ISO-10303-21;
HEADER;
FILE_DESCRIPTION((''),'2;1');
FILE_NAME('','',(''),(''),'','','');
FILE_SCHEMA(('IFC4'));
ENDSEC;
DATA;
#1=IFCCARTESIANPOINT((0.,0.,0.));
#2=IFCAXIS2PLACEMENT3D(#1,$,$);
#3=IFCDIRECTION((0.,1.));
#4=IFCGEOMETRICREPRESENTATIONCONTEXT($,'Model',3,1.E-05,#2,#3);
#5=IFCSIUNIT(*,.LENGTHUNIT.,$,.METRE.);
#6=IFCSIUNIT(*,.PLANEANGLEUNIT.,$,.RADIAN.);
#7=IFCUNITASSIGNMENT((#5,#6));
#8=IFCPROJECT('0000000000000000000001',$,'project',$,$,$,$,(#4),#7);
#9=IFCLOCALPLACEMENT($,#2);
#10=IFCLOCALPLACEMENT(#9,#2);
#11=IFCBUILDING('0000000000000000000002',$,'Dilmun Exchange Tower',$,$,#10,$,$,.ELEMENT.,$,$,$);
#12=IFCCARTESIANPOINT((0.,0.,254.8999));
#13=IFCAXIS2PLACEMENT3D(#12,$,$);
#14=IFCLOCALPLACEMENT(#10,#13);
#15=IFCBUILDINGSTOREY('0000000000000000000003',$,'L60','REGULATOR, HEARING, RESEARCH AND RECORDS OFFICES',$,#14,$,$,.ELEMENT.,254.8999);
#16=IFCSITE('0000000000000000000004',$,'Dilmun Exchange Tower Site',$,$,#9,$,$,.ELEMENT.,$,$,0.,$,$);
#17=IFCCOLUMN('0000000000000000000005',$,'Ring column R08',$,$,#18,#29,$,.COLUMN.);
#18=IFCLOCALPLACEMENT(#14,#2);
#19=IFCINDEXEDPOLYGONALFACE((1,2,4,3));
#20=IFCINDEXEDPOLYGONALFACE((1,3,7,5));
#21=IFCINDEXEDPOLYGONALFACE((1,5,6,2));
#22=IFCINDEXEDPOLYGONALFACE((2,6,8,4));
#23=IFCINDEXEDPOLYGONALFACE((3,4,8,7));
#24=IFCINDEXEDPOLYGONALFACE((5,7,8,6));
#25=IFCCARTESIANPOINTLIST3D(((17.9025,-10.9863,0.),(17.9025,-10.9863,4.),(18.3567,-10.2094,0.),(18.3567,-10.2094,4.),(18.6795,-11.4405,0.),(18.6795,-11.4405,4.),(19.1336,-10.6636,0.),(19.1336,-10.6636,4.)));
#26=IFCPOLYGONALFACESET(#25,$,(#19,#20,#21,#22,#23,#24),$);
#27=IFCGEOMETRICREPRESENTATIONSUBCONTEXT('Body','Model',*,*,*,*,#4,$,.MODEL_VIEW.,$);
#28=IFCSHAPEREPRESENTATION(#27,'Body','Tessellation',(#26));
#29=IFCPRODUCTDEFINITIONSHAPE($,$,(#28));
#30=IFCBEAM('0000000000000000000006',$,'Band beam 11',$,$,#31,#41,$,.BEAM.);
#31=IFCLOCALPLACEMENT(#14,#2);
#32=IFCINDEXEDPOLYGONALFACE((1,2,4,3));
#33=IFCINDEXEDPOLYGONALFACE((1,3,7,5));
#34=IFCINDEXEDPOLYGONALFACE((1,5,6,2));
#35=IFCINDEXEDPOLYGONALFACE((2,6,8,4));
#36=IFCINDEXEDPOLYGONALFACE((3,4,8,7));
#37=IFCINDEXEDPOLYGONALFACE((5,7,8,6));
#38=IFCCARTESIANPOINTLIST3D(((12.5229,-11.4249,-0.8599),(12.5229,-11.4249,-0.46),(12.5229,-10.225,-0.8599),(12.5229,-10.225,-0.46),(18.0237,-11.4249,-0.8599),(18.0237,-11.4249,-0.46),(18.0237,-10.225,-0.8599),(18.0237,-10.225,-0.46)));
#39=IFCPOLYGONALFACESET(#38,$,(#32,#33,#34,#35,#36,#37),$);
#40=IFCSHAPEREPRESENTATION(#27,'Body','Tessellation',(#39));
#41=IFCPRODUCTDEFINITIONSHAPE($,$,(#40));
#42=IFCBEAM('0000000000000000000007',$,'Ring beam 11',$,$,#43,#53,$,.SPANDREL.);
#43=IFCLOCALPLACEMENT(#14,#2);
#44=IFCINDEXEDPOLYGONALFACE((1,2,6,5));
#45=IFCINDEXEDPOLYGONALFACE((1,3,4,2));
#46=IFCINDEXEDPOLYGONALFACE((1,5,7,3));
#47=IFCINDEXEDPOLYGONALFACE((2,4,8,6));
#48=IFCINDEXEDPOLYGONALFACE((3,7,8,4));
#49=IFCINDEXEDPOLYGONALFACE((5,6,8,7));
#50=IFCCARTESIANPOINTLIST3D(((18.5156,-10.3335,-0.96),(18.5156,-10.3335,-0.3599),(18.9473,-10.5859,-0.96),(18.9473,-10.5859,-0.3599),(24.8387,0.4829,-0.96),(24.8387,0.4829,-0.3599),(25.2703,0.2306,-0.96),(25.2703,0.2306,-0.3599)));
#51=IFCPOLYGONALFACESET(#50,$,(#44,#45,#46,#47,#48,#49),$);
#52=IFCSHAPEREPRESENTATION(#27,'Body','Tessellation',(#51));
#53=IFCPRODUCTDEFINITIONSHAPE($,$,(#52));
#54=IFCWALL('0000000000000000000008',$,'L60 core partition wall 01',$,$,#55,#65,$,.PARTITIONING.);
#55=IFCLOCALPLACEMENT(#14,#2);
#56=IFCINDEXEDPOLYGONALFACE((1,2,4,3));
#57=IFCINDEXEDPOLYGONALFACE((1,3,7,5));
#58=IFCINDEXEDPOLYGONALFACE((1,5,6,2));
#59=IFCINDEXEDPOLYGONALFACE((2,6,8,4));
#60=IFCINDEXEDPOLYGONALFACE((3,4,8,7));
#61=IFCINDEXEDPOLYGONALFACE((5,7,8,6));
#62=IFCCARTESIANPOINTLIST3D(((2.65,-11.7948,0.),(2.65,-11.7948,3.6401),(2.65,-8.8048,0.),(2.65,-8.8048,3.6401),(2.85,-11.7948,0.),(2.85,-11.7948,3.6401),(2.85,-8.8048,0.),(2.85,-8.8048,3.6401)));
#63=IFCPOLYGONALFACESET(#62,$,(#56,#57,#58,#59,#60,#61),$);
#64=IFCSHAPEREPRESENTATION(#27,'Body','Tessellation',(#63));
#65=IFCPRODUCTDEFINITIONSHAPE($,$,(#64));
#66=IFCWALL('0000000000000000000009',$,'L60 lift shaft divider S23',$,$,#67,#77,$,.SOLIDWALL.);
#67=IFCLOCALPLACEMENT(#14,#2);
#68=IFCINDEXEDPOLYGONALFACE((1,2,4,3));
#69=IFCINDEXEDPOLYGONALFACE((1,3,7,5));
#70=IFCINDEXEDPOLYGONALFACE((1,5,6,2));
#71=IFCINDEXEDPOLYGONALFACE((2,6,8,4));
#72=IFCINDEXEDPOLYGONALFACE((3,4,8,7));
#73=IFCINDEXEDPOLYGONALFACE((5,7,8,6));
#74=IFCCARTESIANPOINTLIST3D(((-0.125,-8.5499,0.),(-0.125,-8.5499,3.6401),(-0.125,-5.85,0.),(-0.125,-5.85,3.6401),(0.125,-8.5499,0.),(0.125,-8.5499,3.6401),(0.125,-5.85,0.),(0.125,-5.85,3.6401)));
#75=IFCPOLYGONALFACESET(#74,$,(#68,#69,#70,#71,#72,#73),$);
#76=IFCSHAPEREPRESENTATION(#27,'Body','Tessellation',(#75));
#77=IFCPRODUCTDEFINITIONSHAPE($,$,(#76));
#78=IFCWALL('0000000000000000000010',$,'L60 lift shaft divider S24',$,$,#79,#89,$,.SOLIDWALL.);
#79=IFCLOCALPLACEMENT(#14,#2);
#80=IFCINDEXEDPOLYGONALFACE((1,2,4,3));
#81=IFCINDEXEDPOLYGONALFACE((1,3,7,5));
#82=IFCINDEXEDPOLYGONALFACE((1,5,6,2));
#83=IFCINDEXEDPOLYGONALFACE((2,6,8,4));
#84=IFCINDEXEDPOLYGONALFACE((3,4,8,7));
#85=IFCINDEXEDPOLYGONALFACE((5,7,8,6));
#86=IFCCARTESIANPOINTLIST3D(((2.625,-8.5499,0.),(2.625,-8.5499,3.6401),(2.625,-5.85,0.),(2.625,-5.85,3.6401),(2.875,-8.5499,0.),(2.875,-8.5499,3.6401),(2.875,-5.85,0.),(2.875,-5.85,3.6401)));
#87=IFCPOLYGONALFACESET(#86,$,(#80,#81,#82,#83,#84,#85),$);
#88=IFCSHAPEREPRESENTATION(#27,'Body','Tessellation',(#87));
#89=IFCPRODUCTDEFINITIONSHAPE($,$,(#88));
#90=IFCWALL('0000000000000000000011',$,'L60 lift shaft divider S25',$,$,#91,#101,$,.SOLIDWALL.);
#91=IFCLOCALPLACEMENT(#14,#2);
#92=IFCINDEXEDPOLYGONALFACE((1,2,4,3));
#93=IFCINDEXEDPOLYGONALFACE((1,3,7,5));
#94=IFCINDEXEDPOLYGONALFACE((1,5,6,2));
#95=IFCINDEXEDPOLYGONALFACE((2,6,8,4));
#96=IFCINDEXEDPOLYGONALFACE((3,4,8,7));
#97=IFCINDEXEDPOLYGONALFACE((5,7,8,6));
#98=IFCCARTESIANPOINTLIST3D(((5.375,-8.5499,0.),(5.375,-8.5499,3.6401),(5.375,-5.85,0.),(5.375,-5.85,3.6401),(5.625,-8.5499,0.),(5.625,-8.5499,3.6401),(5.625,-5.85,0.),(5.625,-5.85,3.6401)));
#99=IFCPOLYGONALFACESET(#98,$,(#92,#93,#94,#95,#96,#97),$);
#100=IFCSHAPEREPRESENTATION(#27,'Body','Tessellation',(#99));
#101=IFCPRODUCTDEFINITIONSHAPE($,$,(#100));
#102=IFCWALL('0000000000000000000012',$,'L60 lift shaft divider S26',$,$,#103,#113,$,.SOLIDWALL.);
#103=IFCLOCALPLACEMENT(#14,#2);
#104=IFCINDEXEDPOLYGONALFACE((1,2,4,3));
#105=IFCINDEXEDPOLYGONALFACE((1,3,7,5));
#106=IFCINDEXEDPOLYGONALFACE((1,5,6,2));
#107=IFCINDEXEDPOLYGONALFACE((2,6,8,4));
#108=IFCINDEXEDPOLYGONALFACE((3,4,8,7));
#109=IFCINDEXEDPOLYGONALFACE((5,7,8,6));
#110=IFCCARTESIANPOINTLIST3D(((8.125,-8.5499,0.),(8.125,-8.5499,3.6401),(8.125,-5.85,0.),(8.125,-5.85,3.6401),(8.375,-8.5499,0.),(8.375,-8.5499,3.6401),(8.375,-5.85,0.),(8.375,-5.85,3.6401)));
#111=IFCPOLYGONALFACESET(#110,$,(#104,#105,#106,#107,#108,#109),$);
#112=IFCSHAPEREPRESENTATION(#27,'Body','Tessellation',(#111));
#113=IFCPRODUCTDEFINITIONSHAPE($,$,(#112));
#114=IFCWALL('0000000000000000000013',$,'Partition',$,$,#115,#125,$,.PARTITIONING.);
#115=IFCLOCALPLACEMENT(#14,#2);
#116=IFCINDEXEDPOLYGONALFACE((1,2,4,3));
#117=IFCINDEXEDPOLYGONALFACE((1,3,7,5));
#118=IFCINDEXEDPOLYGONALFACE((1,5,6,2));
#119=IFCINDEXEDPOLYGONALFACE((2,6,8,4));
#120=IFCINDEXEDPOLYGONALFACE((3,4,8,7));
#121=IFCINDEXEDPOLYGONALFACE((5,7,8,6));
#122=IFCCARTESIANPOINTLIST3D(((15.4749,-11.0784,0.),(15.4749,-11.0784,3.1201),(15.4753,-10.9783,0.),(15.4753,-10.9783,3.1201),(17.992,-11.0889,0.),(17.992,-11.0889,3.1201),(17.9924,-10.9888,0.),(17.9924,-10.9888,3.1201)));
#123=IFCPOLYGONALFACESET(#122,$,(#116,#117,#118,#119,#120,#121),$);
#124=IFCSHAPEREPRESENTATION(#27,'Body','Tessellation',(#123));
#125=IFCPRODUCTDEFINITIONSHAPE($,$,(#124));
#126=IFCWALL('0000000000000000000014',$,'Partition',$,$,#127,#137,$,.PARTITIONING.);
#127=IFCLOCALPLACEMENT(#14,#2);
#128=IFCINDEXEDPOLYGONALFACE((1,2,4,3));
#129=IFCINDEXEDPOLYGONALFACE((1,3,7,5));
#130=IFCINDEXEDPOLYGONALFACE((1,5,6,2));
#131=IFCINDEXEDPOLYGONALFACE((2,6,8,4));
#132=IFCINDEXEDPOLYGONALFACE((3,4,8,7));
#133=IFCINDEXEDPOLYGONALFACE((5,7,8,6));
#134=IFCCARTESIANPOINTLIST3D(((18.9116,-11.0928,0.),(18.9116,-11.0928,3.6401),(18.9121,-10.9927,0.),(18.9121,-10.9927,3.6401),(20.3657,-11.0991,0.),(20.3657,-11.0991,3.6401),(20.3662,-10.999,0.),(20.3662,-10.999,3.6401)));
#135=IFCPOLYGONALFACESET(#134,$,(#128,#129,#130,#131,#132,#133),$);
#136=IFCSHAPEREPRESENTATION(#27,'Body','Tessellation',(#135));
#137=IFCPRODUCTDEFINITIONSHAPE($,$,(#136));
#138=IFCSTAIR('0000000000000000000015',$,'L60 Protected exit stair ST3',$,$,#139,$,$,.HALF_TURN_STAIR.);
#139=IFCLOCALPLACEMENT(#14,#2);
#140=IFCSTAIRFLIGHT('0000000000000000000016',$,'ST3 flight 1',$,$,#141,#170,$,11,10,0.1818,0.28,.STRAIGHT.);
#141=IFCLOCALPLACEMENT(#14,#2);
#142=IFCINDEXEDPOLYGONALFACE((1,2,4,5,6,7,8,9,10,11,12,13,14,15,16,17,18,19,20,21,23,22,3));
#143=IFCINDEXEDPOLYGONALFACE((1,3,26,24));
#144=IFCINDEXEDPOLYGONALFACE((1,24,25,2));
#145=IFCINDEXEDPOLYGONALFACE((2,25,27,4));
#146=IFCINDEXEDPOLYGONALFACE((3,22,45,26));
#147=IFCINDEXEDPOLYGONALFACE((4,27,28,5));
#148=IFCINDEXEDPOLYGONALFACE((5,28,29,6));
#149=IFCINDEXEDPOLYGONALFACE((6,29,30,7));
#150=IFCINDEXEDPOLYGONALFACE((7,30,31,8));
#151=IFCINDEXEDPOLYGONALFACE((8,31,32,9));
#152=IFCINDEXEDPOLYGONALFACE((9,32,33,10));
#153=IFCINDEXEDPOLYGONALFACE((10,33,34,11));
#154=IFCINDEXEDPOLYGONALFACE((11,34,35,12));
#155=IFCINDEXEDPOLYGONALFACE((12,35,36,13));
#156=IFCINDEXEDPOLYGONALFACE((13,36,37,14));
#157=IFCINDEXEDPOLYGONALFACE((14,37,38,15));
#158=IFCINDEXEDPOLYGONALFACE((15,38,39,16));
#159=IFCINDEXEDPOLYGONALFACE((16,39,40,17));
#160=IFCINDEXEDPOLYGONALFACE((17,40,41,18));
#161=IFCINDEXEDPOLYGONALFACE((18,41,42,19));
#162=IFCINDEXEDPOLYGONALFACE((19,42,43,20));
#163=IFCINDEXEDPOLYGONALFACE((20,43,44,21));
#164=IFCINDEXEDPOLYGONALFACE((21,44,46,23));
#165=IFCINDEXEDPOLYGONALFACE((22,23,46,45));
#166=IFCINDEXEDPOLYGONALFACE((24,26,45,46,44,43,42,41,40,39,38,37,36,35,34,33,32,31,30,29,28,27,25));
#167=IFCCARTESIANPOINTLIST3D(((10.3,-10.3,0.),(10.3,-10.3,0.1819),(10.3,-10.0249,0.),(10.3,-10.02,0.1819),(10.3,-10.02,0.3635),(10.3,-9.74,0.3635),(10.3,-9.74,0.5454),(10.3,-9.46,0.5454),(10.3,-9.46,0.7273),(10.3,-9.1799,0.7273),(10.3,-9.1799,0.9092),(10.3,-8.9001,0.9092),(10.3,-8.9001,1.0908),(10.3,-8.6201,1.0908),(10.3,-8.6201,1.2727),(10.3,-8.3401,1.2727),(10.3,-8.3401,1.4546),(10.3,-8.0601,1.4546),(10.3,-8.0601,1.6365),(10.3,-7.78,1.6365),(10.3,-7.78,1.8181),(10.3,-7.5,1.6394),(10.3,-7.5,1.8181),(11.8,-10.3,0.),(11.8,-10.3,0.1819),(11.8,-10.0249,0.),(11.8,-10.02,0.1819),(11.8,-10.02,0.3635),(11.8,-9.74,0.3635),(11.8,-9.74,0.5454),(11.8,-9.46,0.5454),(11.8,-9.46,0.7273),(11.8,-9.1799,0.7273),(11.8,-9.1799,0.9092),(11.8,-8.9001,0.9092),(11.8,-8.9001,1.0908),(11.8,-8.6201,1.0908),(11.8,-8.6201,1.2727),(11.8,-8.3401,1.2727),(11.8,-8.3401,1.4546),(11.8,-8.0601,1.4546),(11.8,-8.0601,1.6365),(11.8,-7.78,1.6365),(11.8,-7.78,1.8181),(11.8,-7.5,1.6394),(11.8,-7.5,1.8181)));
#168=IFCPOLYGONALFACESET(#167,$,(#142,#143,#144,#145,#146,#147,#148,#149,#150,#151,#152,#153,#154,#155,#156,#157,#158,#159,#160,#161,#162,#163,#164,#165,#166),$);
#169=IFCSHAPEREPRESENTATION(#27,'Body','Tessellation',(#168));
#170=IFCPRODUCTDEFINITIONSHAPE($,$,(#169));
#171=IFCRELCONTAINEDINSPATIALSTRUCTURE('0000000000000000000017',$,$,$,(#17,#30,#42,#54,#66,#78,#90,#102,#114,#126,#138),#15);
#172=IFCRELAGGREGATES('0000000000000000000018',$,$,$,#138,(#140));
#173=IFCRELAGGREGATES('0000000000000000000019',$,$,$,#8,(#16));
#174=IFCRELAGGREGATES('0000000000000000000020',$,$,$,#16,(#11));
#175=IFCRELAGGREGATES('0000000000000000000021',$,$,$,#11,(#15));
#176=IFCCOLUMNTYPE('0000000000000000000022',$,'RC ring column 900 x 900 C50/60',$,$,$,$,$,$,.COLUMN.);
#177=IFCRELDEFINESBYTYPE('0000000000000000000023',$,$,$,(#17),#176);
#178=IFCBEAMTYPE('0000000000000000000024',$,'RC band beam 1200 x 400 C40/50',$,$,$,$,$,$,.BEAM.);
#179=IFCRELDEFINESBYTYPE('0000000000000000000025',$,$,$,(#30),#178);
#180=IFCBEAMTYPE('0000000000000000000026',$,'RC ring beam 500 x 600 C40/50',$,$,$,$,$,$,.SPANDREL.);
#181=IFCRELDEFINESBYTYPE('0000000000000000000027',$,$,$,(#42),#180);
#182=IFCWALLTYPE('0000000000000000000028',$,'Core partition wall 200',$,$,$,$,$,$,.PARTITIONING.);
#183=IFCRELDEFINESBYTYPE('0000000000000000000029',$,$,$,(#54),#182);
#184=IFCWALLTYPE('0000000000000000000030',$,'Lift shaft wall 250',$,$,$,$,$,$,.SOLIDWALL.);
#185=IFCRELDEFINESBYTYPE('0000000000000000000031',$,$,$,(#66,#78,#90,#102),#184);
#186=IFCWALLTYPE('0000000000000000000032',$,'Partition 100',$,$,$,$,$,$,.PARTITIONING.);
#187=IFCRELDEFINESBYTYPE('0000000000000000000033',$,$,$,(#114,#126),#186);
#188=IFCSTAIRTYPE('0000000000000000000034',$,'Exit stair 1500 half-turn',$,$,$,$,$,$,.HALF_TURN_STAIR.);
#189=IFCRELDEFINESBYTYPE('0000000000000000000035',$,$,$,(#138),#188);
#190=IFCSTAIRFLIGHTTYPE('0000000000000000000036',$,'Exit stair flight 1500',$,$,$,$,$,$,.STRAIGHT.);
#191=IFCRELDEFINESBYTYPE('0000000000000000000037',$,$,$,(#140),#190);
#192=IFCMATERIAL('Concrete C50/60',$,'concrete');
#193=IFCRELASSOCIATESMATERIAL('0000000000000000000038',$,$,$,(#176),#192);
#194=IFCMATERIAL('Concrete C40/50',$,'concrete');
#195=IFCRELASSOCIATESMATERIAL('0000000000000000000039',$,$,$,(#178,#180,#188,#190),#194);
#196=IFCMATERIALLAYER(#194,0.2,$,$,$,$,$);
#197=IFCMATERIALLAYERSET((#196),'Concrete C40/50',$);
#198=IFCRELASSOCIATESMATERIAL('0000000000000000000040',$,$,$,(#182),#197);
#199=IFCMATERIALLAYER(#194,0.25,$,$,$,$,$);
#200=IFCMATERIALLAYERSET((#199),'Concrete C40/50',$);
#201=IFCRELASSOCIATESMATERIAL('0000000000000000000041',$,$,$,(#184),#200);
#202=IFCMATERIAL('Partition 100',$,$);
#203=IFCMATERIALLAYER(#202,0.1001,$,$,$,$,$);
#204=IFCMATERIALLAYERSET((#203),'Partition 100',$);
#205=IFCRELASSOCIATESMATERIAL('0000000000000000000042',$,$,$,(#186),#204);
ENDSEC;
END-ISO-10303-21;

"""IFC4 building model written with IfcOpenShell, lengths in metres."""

from ifc_helpers import new_model, si_unit, direction, frame, frame_2d, origin, origin_2d, place, context, subcontext, project, spatial, polyline, rectangle, outline, extrude, material, layer, layer_set, material_profile, profile_set, type_object, element, aggregate, save


model = new_model("IFC4")

# Units and contexts
model_context = context("Model", 3, precision=1e-05, world=origin(), true_north=direction((0.0, 1.0)))
body_context = subcontext(model_context, "Body", "Model", "MODEL_VIEW")
ifc_project = project(units=[si_unit("LENGTHUNIT", "METRE"), si_unit("PLANEANGLEUNIT", "RADIAN")], contexts=[model_context])

# Site, building, storey
site_placement = place(None, origin())
site = spatial("IfcSite", under=ifc_project, at=site_placement, Name="Dilmun Exchange Tower Site", CompositionType="ELEMENT", RefElevation=0.0)
building_placement = place(site_placement, origin())
building = spatial("IfcBuilding", under=site, at=building_placement, Name="Dilmun Exchange Tower", CompositionType="ELEMENT")
storey_placement = place(building_placement, frame((0.0, 0.0, 254.8999)))
storey = spatial("IfcBuildingStorey", under=building, at=storey_placement, Name="L60", Description="REGULATOR, HEARING, RESEARCH AND RECORDS OFFICES", CompositionType="ELEMENT", Elevation=254.8999)

# Column
ifc_material_1 = material(Name="Concrete C50/60", Category="concrete")
ifc_material_profile_1 = material_profile(ifc_material_1, rectangle(XDim=0.8999, YDim=0.8999, at=origin_2d()), Name="900 x 900")
ifc_profile_set_1 = profile_set([ifc_material_profile_1], Name="Concrete C50/60")
column_type = type_object("IfcColumnType", Name="RC ring column 900 x 900 C50/60", PredefinedType="COLUMN", material=ifc_profile_set_1)
column_placement = place(storey_placement, frame((18.5181, -10.825, 0.0), z_axis=(0.0, 0.0, 1.0), x_axis=(0.504644, 0.863328, 0.0)))
element("IfcColumn", 1, at=column_placement, inside=storey, type_object=column_type, Name="Ring column R08", PredefinedType="COLUMN", context=body_context, shape_type="SweptSolid", body=[
    extrude(rectangle(XDim=0.8999, YDim=0.8999, at=origin_2d()), origin(), (0.0, 0.0, 1.0), 4.0),
])

# Beams
ifc_material_2 = material(Name="Concrete C40/50", Category="concrete")
ifc_material_profile_2 = material_profile(ifc_material_2, rectangle(XDim=1.2, YDim=0.3999, at=origin_2d()), Name="1200 x 400")
ifc_profile_set_2 = profile_set([ifc_material_profile_2], Name="Concrete C40/50")
beam_type_1 = type_object("IfcBeamType", Name="RC band beam 1200 x 400 C40/50", PredefinedType="BEAM", material=ifc_profile_set_2)
beam_1_placement = place(storey_placement, frame((18.0237, -10.825, -0.6599), z_axis=(-1.0, 0.0, 0.0), x_axis=(0.0, -1.0, 0.0)))
element("IfcBeam", 2, at=beam_1_placement, inside=storey, type_object=beam_type_1, Name="Band beam 11", PredefinedType="BEAM", context=body_context, shape_type="SweptSolid", body=[
    extrude(rectangle(XDim=1.2, YDim=0.3999, at=origin_2d()), origin(), (0.0, 0.0, 1.0), 5.5007),
])
ifc_material_profile_3 = material_profile(ifc_material_2, rectangle(XDim=0.5, YDim=0.6001, at=origin_2d()), Name="500 x 600")
ifc_profile_set_3 = profile_set([ifc_material_profile_3], Name="Concrete C40/50")
beam_type_2 = type_object("IfcBeamType", Name="RC ring beam 500 x 600 C40/50", PredefinedType="SPANDREL", material=ifc_profile_set_3)
beam_2_placement = place(storey_placement, frame((18.7314, -10.4597, -0.6599), z_axis=(0.50467, 0.863312, 0.0), x_axis=(-0.863312, 0.50467, 0.0)))
element("IfcBeam", 3, at=beam_2_placement, inside=storey, type_object=beam_type_2, Name="Ring beam 11", PredefinedType="SPANDREL", context=body_context, shape_type="SweptSolid", body=[
    extrude(rectangle(XDim=0.5, YDim=0.6001, at=origin_2d()), origin(), (0.0, 0.0, 1.0), 12.5291),
])

# Wall
ifc_layer_1 = layer(ifc_material_2, 0.2)
ifc_layer_set_1 = layer_set([ifc_layer_1], Name="Concrete C40/50")
wall_type_1 = type_object("IfcWallType", Name="Core partition wall 200", PredefinedType="PARTITIONING", material=ifc_layer_set_1)
wall_1_placement = place(storey_placement, frame((2.75, -11.7949, 0.0), z_axis=(0.0, 0.0, 1.0), x_axis=(0.0, 1.0, 0.0)))
element("IfcWall", 4, at=wall_1_placement, inside=storey, type_object=wall_type_1, Name="L60 core partition wall 01", PredefinedType="PARTITIONING", context=body_context, shape_type="SweptSolid", body=[
    extrude(rectangle(XDim=2.99, YDim=0.2, at=frame_2d((1.4951, 0.0))), origin(), (0.0, 0.0, 1.0), 3.6401),
])

# Walls
ifc_layer_2 = layer(ifc_material_2, 0.25)
ifc_layer_set_2 = layer_set([ifc_layer_2], Name="Concrete C40/50")
wall_type_2 = type_object("IfcWallType", Name="Lift shaft wall 250", PredefinedType="SOLIDWALL", material=ifc_layer_set_2)
for number, where, z_axis, x_axis, name in (
    (5, (0.0, -8.55, 0.0), (0.0, 0.0, 1.0), (0.0, 1.0, 0.0), "L60 lift shaft divider S23"),
    (6, (2.75, -8.55, 0.0), (0.0, 0.0, 1.0), (0.0, 1.0, 0.0), "L60 lift shaft divider S24"),
    (7, (5.5, -8.55, 0.0), (0.0, 0.0, 1.0), (0.0, 1.0, 0.0), "L60 lift shaft divider S25"),
    (8, (8.25, -8.55, 0.0), (0.0, 0.0, 1.0), (0.0, 1.0, 0.0), "L60 lift shaft divider S26"),
):
    element("IfcWall", number, at=place(storey_placement, frame(where, z_axis=z_axis, x_axis=x_axis)), inside=storey, type_object=wall_type_2, Name=name, PredefinedType="SOLIDWALL", context=body_context, shape_type="SweptSolid", body=[
        extrude(rectangle(XDim=2.7, YDim=0.25, at=frame_2d((1.3501, 0.0))), origin(), (0.0, 0.0, 1.0), 3.6401),
    ])
ifc_material_3 = material(Name="Partition 100")
ifc_layer_3 = layer(ifc_material_3, 0.1001)
ifc_layer_set_3 = layer_set([ifc_layer_3], Name="Partition 100")
wall_type_3 = type_object("IfcWallType", Name="Partition 100", PredefinedType="PARTITIONING", material=ifc_layer_set_3)
wall_2_placement = place(storey_placement, frame((15.4751, -11.0283, 0.0), z_axis=(0.0, 0.0, 1.0), x_axis=(0.999991, -0.004171, 0.0)))
element("IfcWall", 9, at=wall_2_placement, inside=storey, type_object=wall_type_3, Name="Partition", PredefinedType="PARTITIONING", context=body_context, shape_type="SweptSolid", body=[
    extrude(rectangle(XDim=2.5171, YDim=0.1001, at=frame_2d((1.2585, 0.0))), origin(), (0.0, 0.0, 1.0), 3.1201),
])
wall_3_placement = place(storey_placement, frame((18.9119, -11.0427, 0.0), z_axis=(0.0, 0.0, 1.0), x_axis=(0.99999, -0.004365, 0.0)))
element("IfcWall", 10, at=wall_3_placement, inside=storey, type_object=wall_type_3, Name="Partition", PredefinedType="PARTITIONING", context=body_context, shape_type="SweptSolid", body=[
    extrude(rectangle(XDim=1.4541, YDim=0.1001, at=frame_2d((0.7271, 0.0))), origin(), (0.0, 0.0, 1.0), 3.6401),
])

# Stair, stair flight
stair_type = type_object("IfcStairType", Name="Exit stair 1500 half-turn", PredefinedType="HALF_TURN_STAIR", material=ifc_material_2)
stair_placement = place(storey_placement, origin())
stair = element("IfcStair", 11, at=stair_placement, inside=storey, type_object=stair_type, Name="L60 Protected exit stair ST3", PredefinedType="HALF_TURN_STAIR")
stair_flight_type = type_object("IfcStairFlightType", Name="Exit stair flight 1500", PredefinedType="STRAIGHT", material=ifc_material_2)
stair_flight_placement = place(storey_placement, frame((11.05, -10.3, 0.0), z_axis=(0.0, 0.0, 1.0), x_axis=(0.0, 1.0, 0.0)))
stair_flight = element("IfcStairFlight", 12, at=stair_flight_placement, type_object=stair_flight_type, Name="ST3 flight 1", NumberOfRisers=11, NumberOfTreads=10, PredefinedType="STRAIGHT", RiserHeight=0.1818, TreadLength=0.28, context=body_context, shape_type="SweptSolid", body=[
    extrude(outline(polyline([(0.0, 0.0), (0.0, 0.1819), (0.28, 0.1819), (0.28, 0.3635), (0.5601, 0.3635), (0.5601, 0.5454), (0.8401, 0.5454), (0.8401, 0.7273), (1.1201, 0.7273), (1.1201, 0.9092), (1.3999, 0.9092), (1.3999, 1.0908), (1.6799, 1.0908), (1.6799, 1.2727), (1.96, 1.2727), (1.96, 1.4546), (2.24, 1.4546), (2.24, 1.6365), (2.52, 1.6365), (2.52, 1.8181), (2.8, 1.8181), (2.8, 2.0), (2.8, 1.6394), (0.2751, 0.0), (0.0, 0.0)])), frame((0.0, 0.75, 0.0), z_axis=(0.0, -1.0, 0.0), x_axis=(1.0, 0.0, 0.0)), (0.0, 0.0, 1.0), 1.5),
])
aggregate(stair, [stair_flight])

save(model, "model.ifc")
